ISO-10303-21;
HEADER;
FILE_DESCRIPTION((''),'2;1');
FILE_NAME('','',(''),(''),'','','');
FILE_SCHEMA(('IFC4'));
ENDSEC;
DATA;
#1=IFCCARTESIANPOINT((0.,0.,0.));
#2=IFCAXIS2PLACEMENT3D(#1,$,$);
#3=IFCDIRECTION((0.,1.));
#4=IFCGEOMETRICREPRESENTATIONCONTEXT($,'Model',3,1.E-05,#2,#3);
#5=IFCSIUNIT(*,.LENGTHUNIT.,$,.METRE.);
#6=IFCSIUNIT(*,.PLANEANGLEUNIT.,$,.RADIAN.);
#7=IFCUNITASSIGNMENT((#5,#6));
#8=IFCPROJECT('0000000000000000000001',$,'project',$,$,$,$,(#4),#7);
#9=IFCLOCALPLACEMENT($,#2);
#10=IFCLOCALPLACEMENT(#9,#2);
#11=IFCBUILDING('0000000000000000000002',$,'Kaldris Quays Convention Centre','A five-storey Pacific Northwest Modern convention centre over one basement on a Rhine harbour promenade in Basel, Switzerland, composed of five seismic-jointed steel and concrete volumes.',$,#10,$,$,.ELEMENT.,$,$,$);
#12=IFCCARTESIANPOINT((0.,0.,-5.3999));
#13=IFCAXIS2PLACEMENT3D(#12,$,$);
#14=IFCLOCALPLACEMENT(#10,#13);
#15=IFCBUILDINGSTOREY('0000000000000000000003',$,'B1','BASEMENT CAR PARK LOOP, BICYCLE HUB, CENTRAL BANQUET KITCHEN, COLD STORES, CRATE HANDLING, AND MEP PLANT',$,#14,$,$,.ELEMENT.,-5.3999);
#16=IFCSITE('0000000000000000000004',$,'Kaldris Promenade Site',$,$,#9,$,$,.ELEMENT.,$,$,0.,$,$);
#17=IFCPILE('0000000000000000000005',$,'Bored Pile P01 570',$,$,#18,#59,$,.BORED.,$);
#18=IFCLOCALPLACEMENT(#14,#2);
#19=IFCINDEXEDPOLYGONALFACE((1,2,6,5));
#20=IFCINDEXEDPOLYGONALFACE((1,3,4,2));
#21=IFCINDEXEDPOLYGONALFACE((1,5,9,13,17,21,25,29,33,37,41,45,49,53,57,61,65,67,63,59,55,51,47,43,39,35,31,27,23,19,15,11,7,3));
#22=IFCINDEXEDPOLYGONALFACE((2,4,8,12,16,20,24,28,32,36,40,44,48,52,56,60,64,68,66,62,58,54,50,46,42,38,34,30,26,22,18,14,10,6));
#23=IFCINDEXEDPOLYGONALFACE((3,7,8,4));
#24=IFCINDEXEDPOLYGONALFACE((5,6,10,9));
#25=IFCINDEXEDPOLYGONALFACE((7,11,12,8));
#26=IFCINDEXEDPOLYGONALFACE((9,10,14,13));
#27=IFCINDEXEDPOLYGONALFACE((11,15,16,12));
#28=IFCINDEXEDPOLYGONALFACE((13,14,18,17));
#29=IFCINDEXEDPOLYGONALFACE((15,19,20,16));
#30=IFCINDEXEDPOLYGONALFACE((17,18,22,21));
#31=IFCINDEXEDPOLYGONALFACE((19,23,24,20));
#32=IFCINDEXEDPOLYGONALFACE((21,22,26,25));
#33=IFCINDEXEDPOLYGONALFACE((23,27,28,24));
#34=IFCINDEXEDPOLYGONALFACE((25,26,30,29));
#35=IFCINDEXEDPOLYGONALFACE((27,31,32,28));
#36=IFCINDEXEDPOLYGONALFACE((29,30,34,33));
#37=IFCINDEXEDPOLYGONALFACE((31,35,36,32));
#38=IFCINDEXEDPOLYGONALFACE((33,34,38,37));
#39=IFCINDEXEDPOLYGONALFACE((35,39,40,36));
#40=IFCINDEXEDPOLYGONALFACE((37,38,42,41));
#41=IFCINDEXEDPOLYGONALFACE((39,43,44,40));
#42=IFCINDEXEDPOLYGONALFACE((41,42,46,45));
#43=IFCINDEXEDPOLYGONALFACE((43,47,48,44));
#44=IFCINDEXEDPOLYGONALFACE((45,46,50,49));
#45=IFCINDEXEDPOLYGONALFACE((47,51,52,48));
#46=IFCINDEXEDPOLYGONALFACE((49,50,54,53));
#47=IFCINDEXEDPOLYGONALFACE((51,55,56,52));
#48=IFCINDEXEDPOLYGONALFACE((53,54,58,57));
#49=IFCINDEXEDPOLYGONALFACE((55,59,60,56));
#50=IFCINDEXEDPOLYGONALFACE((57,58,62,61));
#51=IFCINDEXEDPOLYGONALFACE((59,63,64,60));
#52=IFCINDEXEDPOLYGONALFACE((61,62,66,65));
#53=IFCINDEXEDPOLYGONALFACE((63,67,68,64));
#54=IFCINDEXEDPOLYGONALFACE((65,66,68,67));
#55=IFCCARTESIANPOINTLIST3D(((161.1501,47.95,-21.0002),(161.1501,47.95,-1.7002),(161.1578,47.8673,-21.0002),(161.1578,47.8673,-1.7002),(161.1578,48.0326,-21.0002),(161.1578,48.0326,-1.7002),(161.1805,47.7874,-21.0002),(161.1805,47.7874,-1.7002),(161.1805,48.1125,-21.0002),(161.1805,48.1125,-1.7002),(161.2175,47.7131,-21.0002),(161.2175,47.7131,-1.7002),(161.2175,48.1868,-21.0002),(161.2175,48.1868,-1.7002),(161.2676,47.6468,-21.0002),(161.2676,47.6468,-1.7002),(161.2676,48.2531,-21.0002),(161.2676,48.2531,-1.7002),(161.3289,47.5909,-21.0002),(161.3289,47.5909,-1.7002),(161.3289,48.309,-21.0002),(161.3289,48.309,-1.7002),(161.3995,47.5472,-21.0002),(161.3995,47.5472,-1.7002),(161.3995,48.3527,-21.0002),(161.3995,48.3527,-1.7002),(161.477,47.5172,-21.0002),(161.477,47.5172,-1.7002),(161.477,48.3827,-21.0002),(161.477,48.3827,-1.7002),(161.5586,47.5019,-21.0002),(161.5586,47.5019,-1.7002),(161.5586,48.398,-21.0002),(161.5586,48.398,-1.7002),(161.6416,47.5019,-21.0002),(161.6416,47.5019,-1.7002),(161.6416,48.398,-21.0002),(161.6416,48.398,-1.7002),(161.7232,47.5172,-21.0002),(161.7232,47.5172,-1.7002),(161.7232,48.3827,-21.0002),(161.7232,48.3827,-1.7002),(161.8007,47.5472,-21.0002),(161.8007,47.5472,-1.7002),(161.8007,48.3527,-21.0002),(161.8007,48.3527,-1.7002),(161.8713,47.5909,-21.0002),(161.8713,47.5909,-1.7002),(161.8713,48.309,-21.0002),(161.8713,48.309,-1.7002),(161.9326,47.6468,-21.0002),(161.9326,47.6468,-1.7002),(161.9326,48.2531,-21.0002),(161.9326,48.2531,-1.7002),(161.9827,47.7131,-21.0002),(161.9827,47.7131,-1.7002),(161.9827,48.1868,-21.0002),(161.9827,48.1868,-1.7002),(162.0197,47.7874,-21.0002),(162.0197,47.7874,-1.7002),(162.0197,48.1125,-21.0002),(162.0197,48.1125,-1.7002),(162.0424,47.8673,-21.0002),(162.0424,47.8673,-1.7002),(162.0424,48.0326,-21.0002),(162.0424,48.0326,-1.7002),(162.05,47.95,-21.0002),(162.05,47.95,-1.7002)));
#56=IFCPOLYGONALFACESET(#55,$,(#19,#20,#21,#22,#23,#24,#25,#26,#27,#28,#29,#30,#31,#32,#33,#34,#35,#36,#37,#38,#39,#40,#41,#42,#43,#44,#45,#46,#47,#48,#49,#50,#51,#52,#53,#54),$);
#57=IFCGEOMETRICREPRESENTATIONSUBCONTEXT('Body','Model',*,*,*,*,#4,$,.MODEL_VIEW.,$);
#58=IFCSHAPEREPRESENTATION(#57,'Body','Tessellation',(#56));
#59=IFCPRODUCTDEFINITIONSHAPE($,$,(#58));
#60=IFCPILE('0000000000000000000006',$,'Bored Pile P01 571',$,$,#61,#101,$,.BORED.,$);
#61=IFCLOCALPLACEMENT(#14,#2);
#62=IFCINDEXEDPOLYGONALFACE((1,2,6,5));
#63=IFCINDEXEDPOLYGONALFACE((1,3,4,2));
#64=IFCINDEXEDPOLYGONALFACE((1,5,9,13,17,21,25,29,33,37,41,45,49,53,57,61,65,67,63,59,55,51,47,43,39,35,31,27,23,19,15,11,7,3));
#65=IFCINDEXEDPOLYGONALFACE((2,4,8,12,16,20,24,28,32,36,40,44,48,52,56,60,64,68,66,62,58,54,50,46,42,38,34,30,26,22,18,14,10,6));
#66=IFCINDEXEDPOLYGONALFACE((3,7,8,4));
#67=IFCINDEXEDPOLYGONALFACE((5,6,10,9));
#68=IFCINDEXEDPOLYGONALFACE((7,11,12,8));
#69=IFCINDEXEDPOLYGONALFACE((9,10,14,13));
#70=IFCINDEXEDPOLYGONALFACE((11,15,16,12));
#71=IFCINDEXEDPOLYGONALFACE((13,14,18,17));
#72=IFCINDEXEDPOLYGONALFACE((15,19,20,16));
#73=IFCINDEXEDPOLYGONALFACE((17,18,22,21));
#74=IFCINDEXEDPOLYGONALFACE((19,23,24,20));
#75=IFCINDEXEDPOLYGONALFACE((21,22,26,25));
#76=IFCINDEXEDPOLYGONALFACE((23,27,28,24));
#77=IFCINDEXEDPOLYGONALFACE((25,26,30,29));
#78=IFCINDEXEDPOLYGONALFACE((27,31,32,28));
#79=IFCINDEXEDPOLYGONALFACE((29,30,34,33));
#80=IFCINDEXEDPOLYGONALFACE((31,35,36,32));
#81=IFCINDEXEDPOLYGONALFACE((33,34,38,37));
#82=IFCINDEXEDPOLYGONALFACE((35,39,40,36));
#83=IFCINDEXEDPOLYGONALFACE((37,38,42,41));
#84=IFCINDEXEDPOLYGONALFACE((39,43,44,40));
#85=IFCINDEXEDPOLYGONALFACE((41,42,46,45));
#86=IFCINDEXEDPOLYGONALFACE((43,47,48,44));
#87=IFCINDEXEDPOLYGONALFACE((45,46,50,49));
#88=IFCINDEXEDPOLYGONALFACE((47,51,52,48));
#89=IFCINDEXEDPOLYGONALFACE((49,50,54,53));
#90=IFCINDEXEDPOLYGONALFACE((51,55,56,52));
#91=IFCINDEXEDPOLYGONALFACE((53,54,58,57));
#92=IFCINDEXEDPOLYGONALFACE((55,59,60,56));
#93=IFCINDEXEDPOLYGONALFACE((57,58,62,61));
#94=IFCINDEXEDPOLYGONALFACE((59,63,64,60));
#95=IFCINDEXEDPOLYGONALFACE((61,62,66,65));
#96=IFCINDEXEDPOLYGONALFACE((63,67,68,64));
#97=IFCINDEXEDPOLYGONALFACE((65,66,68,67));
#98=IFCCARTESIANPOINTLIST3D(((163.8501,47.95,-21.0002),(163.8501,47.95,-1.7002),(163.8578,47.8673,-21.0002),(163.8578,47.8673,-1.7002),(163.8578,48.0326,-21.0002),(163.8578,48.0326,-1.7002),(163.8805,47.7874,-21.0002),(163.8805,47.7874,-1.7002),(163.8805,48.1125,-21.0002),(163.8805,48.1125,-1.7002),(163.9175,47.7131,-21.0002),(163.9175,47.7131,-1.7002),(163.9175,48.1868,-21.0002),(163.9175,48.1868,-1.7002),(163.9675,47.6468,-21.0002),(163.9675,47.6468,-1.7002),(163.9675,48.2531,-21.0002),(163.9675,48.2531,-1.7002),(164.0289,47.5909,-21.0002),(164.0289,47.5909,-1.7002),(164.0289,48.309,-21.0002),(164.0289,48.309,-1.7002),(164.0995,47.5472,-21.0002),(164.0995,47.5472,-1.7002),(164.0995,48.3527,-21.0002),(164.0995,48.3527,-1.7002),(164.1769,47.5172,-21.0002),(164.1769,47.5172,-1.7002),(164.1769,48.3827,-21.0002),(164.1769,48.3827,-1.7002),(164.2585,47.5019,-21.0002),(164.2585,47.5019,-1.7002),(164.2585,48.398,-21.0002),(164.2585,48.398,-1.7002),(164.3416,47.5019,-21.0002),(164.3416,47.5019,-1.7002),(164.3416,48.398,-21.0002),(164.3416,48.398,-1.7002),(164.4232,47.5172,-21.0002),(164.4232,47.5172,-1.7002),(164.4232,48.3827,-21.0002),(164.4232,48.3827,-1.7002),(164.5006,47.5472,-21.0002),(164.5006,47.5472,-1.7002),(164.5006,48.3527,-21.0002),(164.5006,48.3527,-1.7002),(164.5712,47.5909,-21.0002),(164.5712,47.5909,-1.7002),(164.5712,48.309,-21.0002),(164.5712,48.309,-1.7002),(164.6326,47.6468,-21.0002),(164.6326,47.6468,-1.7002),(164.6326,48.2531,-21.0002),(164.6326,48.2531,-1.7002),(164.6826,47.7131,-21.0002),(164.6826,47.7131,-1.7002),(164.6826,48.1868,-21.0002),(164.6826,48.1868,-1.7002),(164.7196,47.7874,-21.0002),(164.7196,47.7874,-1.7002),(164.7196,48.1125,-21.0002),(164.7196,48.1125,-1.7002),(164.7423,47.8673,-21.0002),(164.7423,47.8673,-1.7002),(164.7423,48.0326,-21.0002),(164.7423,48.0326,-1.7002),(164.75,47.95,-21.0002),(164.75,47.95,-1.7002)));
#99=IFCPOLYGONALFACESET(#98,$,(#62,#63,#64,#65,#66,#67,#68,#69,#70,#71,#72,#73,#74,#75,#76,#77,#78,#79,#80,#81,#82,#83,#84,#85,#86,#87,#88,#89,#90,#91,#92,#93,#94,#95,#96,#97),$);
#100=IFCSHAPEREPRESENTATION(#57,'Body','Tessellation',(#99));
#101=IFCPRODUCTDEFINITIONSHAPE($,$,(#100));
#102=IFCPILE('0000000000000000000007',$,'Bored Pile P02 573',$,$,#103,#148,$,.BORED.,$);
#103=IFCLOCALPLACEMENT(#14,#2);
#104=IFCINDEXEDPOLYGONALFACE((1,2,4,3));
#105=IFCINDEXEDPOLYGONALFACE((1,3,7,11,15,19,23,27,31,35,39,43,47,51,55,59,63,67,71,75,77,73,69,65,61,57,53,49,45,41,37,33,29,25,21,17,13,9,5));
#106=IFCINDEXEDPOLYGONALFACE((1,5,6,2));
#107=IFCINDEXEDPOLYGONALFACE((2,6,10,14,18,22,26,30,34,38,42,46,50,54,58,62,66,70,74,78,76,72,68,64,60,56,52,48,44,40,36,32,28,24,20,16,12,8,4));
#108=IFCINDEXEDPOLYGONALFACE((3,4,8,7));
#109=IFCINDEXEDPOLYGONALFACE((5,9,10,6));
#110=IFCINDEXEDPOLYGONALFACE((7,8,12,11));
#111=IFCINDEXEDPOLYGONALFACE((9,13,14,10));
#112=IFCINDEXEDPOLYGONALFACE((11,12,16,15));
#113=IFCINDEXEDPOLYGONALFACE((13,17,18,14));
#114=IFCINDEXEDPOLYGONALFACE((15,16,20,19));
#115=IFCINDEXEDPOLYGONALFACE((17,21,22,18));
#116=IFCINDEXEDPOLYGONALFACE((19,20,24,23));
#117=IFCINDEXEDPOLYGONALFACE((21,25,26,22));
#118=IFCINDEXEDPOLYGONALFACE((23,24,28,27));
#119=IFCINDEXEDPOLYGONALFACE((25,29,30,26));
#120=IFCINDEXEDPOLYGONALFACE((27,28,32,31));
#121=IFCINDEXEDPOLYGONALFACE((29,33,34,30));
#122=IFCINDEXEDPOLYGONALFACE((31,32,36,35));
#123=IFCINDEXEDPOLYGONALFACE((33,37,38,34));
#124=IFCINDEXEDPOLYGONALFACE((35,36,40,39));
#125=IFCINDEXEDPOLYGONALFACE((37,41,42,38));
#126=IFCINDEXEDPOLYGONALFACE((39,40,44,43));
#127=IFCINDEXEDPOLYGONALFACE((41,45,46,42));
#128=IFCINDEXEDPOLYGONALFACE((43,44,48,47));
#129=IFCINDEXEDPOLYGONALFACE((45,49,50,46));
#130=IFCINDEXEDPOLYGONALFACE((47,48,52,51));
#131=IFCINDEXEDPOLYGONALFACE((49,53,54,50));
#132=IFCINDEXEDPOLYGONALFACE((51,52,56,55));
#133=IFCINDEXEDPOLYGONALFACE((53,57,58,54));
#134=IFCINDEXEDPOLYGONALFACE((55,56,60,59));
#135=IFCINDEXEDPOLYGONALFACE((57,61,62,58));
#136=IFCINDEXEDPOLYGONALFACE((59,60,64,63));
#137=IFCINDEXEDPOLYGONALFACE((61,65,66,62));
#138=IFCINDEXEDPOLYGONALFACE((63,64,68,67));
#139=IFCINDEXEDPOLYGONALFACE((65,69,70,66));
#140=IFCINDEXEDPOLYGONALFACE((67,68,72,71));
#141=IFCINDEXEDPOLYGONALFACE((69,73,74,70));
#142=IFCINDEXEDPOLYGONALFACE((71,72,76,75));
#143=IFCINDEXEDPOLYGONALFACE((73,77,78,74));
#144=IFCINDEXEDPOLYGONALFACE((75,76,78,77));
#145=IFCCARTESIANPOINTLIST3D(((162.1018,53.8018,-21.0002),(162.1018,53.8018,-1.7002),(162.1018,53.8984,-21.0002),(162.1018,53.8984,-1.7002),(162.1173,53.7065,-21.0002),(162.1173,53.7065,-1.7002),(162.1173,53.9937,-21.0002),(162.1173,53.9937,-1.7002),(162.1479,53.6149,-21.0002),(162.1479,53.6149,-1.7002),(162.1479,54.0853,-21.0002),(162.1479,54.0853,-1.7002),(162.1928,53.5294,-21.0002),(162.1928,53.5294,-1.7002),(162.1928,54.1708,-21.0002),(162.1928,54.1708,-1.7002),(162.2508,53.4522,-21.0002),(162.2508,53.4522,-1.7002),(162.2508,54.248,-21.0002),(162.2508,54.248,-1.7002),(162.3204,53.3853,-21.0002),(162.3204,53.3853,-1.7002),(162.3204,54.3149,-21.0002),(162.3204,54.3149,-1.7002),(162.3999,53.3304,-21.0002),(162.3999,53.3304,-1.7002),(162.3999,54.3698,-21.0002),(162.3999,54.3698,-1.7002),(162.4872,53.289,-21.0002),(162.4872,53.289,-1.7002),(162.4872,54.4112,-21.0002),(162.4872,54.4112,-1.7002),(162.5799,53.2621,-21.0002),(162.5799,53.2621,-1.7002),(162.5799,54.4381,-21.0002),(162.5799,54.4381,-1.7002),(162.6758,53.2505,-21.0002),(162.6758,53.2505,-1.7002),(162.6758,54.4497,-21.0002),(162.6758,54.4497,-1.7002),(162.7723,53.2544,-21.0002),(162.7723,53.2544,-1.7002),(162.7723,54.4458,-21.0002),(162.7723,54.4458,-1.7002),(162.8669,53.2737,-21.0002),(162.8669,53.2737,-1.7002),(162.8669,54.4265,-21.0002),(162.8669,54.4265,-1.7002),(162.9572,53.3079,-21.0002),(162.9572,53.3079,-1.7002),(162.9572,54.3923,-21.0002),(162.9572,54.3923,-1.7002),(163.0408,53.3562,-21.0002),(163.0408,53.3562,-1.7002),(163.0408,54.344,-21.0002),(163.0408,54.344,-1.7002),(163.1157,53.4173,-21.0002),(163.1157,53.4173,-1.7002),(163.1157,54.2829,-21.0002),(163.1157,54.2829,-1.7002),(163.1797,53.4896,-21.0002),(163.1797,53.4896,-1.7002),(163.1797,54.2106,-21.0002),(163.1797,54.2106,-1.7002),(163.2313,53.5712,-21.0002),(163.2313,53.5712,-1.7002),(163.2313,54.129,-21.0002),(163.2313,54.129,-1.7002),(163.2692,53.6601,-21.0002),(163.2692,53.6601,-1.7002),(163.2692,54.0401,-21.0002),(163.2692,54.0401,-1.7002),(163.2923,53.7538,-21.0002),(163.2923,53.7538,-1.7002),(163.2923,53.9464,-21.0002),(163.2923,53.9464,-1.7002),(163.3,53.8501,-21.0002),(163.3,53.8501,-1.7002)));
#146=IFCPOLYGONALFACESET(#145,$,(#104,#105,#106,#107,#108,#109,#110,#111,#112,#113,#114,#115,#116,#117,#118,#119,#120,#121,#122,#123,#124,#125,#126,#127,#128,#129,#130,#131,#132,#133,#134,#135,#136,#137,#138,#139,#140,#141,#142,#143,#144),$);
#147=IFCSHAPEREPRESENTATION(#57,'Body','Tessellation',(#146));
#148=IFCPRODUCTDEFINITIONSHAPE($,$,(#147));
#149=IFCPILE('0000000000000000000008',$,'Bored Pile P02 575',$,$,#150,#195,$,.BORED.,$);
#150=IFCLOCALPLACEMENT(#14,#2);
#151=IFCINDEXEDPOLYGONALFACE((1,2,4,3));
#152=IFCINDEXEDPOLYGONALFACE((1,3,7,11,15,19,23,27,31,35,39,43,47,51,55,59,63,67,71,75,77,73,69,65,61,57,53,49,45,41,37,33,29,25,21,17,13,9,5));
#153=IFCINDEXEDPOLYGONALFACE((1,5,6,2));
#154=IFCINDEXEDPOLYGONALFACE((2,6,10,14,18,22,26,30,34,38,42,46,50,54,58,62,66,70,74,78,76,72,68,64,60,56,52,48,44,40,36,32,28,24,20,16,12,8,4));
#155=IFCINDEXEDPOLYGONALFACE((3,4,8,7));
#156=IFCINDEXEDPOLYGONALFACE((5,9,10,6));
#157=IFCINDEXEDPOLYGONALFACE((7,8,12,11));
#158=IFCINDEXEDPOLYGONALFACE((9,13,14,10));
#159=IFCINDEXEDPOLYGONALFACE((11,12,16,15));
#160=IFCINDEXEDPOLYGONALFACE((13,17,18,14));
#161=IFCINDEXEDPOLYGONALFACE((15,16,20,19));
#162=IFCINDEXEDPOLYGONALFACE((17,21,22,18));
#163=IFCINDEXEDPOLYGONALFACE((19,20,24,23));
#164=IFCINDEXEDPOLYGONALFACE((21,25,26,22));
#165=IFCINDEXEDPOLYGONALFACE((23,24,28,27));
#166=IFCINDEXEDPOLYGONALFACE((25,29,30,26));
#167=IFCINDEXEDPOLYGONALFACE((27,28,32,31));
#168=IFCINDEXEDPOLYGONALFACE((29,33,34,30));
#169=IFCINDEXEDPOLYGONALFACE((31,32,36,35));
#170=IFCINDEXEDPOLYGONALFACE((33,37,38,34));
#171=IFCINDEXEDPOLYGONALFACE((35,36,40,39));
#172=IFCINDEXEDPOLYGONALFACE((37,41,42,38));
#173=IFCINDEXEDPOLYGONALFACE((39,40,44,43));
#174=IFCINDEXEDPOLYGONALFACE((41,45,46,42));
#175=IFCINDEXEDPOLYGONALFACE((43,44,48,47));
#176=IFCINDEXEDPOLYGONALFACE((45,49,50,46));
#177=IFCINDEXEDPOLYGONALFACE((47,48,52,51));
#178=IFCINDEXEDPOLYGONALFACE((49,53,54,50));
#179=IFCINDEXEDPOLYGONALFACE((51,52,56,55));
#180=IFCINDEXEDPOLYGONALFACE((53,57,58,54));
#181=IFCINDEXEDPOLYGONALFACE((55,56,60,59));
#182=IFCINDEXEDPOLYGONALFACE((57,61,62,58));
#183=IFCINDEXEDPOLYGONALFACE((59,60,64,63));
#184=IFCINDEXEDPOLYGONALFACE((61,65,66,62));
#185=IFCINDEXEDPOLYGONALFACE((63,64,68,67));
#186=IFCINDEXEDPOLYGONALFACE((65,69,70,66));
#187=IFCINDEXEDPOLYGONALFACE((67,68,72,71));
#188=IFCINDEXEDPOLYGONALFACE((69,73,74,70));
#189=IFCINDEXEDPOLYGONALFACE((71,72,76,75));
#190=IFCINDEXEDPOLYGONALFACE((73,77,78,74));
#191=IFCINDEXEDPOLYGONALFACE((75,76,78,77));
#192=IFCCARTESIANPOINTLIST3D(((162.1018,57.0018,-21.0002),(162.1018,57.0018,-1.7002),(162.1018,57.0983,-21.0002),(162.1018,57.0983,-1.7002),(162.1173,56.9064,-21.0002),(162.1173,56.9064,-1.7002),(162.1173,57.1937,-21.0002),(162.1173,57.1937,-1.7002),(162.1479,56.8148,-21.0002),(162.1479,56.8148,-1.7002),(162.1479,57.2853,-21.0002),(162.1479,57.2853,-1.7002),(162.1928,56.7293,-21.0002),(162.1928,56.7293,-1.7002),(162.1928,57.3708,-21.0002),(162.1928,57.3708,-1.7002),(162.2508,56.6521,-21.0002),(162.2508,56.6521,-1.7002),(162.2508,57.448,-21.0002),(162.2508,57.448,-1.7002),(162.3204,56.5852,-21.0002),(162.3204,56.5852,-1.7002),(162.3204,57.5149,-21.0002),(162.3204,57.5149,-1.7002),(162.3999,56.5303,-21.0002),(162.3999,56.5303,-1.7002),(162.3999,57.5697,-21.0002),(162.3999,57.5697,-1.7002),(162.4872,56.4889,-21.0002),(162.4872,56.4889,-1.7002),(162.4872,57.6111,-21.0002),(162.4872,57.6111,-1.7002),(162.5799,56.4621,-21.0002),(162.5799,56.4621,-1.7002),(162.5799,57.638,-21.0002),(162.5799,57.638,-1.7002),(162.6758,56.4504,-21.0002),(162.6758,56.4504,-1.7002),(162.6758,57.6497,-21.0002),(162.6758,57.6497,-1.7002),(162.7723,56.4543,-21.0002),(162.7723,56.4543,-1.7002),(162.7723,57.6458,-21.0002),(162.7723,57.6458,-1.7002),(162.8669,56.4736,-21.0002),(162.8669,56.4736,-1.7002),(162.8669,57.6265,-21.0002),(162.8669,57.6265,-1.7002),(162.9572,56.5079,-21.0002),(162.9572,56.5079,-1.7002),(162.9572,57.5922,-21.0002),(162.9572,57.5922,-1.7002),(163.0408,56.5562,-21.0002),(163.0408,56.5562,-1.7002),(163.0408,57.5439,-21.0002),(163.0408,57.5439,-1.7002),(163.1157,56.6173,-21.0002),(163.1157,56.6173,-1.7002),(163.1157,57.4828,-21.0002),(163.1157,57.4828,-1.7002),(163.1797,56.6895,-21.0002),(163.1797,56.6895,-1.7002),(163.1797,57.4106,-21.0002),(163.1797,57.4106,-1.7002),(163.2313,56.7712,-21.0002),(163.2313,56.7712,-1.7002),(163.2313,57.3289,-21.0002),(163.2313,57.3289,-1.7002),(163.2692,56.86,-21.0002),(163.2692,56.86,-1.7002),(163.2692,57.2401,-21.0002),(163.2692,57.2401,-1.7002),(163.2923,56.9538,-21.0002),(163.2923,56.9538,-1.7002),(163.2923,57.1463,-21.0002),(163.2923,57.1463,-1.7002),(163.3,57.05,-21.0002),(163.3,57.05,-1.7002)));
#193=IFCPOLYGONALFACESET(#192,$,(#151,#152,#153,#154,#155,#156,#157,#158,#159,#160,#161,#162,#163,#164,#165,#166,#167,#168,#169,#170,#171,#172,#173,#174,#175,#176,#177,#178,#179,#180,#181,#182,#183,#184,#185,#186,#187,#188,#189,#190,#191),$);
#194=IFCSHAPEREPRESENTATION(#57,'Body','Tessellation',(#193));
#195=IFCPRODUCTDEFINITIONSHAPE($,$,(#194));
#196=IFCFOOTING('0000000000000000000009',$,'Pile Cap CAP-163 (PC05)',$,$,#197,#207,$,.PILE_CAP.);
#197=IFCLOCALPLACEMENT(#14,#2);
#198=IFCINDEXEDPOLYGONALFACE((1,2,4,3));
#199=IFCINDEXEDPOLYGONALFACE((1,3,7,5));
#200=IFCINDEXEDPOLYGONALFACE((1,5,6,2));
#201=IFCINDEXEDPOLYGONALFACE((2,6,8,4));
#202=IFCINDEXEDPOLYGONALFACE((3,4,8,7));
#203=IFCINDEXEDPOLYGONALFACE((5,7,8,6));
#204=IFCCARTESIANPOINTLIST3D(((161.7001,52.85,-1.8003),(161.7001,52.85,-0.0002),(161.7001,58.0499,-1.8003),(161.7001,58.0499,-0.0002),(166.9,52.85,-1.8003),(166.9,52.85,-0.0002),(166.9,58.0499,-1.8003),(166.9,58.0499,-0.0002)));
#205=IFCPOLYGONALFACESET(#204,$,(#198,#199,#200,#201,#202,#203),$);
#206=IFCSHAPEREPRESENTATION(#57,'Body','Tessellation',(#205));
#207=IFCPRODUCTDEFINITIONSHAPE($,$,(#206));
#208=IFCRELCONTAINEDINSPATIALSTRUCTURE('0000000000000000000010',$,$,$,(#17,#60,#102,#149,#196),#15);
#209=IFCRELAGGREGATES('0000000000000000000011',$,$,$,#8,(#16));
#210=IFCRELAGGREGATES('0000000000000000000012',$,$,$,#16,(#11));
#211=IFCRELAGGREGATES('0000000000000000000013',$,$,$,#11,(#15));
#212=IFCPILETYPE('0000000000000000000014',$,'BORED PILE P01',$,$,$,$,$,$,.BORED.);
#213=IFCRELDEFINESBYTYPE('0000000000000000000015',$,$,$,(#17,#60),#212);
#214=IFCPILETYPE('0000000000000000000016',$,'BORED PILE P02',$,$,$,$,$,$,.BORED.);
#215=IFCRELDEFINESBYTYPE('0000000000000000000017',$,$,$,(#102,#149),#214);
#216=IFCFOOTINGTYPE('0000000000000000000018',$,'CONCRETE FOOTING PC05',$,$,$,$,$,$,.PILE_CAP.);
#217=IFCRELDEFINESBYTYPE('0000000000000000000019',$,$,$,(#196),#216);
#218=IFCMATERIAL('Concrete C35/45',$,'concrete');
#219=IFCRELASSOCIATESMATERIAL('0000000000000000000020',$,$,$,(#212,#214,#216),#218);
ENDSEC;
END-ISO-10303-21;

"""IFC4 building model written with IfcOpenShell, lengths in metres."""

from ifc_helpers import new_model, si_unit, direction, frame, origin, origin_2d, place, context, subcontext, project, spatial, rectangle, circle, extrude, material, material_profile, profile_set, type_object, element, save


model = new_model("IFC4")

# Units and contexts
model_context = context("Model", 3, precision=1e-05, world=origin(), true_north=direction((0.0, 1.0)))
body_context = subcontext(model_context, "Body", "Model", "MODEL_VIEW")
ifc_project = project(units=[si_unit("LENGTHUNIT", "METRE"), si_unit("PLANEANGLEUNIT", "RADIAN")], contexts=[model_context])

# Site, building, storey
site_placement = place(None, origin())
site = spatial("IfcSite", under=ifc_project, at=site_placement, Name="Kaldris Promenade Site", CompositionType="ELEMENT", RefElevation=0.0)
building_placement = place(site_placement, origin())
building = spatial("IfcBuilding", under=site, at=building_placement, Name="Kaldris Quays Convention Centre", Description="A five-storey Pacific Northwest Modern convention centre over one basement on a Rhine harbour promenade in Basel, Switzerland, composed of five seismic-jointed steel and concrete volumes.", CompositionType="ELEMENT")
storey_placement = place(building_placement, frame((0.0, 0.0, -5.3999)))
storey = spatial("IfcBuildingStorey", under=building, at=storey_placement, Name="B1", Description="BASEMENT CAR PARK LOOP, BICYCLE HUB, CENTRAL BANQUET KITCHEN, COLD STORES, CRATE HANDLING, AND MEP PLANT", CompositionType="ELEMENT", Elevation=-5.3999)

# Piles
ifc_material_1 = material(Name="Concrete C35/45", Category="concrete")
ifc_material_profile_1 = material_profile(ifc_material_1, circle(Radius=0.45, at=origin_2d()), Name="BORED PILE D900")
ifc_profile_set_1 = profile_set([ifc_material_profile_1], Name="Concrete C35/45")
pile_type_1 = type_object("IfcPileType", Name="BORED PILE P01", PredefinedType="BORED", material=ifc_profile_set_1)
for number, where, z_axis, x_axis, name in (
    (1, (161.6001, 47.95, -1.7002), (0.0, 0.0, -1.0), (1.0, 0.0, 0.0), "Bored Pile P01 570"),
    (2, (164.3, 47.95, -1.7002), (0.0, 0.0, -1.0), (1.0, 0.0, 0.0), "Bored Pile P01 571"),
):
    element("IfcPile", number, at=place(storey_placement, frame(where, z_axis=z_axis, x_axis=x_axis)), inside=storey, type_object=pile_type_1, Name=name, PredefinedType="BORED", context=body_context, shape_type="SweptSolid", body=[
        extrude(circle(Radius=0.45, at=origin_2d()), origin(), (0.0, 0.0, 1.0), 19.3),
    ])
ifc_material_profile_2 = material_profile(ifc_material_1, circle(Radius=0.6001, at=origin_2d()), Name="BORED PILE D1200")
ifc_profile_set_2 = profile_set([ifc_material_profile_2], Name="Concrete C35/45")
pile_type_2 = type_object("IfcPileType", Name="BORED PILE P02", PredefinedType="BORED", material=ifc_profile_set_2)
for number, where, z_axis, x_axis, name in (
    (3, (162.7, 53.8501, -1.7002), (0.0, 0.0, -1.0), (1.0, 0.0, 0.0), "Bored Pile P02 573"),
    (4, (162.7, 57.05, -1.7002), (0.0, 0.0, -1.0), (1.0, 0.0, 0.0), "Bored Pile P02 575"),
):
    element("IfcPile", number, at=place(storey_placement, frame(where, z_axis=z_axis, x_axis=x_axis)), inside=storey, type_object=pile_type_2, Name=name, PredefinedType="BORED", context=body_context, shape_type="SweptSolid", body=[
        extrude(circle(Radius=0.6001, at=origin_2d()), origin(), (0.0, 0.0, 1.0), 19.3),
    ])

# Footing
footing_type_1 = type_object("IfcFootingType", Name="CONCRETE FOOTING PC05", PredefinedType="PILE_CAP", material=ifc_material_1)
footing_1_placement = place(storey_placement, frame((164.3, 55.45, -1.8003), z_axis=(0.0, 0.0, 1.0), x_axis=(1.0, 0.0, 0.0)))
element("IfcFooting", 5, at=footing_1_placement, inside=storey, type_object=footing_type_1, Name="Pile Cap CAP-163 (PC05)", PredefinedType="PILE_CAP", context=body_context, shape_type="SweptSolid", body=[
    extrude(rectangle(XDim=5.2, YDim=5.2, at=origin_2d()), origin(), (0.0, 0.0, 1.0), 1.8),
])

save(model, "model.ifc")
